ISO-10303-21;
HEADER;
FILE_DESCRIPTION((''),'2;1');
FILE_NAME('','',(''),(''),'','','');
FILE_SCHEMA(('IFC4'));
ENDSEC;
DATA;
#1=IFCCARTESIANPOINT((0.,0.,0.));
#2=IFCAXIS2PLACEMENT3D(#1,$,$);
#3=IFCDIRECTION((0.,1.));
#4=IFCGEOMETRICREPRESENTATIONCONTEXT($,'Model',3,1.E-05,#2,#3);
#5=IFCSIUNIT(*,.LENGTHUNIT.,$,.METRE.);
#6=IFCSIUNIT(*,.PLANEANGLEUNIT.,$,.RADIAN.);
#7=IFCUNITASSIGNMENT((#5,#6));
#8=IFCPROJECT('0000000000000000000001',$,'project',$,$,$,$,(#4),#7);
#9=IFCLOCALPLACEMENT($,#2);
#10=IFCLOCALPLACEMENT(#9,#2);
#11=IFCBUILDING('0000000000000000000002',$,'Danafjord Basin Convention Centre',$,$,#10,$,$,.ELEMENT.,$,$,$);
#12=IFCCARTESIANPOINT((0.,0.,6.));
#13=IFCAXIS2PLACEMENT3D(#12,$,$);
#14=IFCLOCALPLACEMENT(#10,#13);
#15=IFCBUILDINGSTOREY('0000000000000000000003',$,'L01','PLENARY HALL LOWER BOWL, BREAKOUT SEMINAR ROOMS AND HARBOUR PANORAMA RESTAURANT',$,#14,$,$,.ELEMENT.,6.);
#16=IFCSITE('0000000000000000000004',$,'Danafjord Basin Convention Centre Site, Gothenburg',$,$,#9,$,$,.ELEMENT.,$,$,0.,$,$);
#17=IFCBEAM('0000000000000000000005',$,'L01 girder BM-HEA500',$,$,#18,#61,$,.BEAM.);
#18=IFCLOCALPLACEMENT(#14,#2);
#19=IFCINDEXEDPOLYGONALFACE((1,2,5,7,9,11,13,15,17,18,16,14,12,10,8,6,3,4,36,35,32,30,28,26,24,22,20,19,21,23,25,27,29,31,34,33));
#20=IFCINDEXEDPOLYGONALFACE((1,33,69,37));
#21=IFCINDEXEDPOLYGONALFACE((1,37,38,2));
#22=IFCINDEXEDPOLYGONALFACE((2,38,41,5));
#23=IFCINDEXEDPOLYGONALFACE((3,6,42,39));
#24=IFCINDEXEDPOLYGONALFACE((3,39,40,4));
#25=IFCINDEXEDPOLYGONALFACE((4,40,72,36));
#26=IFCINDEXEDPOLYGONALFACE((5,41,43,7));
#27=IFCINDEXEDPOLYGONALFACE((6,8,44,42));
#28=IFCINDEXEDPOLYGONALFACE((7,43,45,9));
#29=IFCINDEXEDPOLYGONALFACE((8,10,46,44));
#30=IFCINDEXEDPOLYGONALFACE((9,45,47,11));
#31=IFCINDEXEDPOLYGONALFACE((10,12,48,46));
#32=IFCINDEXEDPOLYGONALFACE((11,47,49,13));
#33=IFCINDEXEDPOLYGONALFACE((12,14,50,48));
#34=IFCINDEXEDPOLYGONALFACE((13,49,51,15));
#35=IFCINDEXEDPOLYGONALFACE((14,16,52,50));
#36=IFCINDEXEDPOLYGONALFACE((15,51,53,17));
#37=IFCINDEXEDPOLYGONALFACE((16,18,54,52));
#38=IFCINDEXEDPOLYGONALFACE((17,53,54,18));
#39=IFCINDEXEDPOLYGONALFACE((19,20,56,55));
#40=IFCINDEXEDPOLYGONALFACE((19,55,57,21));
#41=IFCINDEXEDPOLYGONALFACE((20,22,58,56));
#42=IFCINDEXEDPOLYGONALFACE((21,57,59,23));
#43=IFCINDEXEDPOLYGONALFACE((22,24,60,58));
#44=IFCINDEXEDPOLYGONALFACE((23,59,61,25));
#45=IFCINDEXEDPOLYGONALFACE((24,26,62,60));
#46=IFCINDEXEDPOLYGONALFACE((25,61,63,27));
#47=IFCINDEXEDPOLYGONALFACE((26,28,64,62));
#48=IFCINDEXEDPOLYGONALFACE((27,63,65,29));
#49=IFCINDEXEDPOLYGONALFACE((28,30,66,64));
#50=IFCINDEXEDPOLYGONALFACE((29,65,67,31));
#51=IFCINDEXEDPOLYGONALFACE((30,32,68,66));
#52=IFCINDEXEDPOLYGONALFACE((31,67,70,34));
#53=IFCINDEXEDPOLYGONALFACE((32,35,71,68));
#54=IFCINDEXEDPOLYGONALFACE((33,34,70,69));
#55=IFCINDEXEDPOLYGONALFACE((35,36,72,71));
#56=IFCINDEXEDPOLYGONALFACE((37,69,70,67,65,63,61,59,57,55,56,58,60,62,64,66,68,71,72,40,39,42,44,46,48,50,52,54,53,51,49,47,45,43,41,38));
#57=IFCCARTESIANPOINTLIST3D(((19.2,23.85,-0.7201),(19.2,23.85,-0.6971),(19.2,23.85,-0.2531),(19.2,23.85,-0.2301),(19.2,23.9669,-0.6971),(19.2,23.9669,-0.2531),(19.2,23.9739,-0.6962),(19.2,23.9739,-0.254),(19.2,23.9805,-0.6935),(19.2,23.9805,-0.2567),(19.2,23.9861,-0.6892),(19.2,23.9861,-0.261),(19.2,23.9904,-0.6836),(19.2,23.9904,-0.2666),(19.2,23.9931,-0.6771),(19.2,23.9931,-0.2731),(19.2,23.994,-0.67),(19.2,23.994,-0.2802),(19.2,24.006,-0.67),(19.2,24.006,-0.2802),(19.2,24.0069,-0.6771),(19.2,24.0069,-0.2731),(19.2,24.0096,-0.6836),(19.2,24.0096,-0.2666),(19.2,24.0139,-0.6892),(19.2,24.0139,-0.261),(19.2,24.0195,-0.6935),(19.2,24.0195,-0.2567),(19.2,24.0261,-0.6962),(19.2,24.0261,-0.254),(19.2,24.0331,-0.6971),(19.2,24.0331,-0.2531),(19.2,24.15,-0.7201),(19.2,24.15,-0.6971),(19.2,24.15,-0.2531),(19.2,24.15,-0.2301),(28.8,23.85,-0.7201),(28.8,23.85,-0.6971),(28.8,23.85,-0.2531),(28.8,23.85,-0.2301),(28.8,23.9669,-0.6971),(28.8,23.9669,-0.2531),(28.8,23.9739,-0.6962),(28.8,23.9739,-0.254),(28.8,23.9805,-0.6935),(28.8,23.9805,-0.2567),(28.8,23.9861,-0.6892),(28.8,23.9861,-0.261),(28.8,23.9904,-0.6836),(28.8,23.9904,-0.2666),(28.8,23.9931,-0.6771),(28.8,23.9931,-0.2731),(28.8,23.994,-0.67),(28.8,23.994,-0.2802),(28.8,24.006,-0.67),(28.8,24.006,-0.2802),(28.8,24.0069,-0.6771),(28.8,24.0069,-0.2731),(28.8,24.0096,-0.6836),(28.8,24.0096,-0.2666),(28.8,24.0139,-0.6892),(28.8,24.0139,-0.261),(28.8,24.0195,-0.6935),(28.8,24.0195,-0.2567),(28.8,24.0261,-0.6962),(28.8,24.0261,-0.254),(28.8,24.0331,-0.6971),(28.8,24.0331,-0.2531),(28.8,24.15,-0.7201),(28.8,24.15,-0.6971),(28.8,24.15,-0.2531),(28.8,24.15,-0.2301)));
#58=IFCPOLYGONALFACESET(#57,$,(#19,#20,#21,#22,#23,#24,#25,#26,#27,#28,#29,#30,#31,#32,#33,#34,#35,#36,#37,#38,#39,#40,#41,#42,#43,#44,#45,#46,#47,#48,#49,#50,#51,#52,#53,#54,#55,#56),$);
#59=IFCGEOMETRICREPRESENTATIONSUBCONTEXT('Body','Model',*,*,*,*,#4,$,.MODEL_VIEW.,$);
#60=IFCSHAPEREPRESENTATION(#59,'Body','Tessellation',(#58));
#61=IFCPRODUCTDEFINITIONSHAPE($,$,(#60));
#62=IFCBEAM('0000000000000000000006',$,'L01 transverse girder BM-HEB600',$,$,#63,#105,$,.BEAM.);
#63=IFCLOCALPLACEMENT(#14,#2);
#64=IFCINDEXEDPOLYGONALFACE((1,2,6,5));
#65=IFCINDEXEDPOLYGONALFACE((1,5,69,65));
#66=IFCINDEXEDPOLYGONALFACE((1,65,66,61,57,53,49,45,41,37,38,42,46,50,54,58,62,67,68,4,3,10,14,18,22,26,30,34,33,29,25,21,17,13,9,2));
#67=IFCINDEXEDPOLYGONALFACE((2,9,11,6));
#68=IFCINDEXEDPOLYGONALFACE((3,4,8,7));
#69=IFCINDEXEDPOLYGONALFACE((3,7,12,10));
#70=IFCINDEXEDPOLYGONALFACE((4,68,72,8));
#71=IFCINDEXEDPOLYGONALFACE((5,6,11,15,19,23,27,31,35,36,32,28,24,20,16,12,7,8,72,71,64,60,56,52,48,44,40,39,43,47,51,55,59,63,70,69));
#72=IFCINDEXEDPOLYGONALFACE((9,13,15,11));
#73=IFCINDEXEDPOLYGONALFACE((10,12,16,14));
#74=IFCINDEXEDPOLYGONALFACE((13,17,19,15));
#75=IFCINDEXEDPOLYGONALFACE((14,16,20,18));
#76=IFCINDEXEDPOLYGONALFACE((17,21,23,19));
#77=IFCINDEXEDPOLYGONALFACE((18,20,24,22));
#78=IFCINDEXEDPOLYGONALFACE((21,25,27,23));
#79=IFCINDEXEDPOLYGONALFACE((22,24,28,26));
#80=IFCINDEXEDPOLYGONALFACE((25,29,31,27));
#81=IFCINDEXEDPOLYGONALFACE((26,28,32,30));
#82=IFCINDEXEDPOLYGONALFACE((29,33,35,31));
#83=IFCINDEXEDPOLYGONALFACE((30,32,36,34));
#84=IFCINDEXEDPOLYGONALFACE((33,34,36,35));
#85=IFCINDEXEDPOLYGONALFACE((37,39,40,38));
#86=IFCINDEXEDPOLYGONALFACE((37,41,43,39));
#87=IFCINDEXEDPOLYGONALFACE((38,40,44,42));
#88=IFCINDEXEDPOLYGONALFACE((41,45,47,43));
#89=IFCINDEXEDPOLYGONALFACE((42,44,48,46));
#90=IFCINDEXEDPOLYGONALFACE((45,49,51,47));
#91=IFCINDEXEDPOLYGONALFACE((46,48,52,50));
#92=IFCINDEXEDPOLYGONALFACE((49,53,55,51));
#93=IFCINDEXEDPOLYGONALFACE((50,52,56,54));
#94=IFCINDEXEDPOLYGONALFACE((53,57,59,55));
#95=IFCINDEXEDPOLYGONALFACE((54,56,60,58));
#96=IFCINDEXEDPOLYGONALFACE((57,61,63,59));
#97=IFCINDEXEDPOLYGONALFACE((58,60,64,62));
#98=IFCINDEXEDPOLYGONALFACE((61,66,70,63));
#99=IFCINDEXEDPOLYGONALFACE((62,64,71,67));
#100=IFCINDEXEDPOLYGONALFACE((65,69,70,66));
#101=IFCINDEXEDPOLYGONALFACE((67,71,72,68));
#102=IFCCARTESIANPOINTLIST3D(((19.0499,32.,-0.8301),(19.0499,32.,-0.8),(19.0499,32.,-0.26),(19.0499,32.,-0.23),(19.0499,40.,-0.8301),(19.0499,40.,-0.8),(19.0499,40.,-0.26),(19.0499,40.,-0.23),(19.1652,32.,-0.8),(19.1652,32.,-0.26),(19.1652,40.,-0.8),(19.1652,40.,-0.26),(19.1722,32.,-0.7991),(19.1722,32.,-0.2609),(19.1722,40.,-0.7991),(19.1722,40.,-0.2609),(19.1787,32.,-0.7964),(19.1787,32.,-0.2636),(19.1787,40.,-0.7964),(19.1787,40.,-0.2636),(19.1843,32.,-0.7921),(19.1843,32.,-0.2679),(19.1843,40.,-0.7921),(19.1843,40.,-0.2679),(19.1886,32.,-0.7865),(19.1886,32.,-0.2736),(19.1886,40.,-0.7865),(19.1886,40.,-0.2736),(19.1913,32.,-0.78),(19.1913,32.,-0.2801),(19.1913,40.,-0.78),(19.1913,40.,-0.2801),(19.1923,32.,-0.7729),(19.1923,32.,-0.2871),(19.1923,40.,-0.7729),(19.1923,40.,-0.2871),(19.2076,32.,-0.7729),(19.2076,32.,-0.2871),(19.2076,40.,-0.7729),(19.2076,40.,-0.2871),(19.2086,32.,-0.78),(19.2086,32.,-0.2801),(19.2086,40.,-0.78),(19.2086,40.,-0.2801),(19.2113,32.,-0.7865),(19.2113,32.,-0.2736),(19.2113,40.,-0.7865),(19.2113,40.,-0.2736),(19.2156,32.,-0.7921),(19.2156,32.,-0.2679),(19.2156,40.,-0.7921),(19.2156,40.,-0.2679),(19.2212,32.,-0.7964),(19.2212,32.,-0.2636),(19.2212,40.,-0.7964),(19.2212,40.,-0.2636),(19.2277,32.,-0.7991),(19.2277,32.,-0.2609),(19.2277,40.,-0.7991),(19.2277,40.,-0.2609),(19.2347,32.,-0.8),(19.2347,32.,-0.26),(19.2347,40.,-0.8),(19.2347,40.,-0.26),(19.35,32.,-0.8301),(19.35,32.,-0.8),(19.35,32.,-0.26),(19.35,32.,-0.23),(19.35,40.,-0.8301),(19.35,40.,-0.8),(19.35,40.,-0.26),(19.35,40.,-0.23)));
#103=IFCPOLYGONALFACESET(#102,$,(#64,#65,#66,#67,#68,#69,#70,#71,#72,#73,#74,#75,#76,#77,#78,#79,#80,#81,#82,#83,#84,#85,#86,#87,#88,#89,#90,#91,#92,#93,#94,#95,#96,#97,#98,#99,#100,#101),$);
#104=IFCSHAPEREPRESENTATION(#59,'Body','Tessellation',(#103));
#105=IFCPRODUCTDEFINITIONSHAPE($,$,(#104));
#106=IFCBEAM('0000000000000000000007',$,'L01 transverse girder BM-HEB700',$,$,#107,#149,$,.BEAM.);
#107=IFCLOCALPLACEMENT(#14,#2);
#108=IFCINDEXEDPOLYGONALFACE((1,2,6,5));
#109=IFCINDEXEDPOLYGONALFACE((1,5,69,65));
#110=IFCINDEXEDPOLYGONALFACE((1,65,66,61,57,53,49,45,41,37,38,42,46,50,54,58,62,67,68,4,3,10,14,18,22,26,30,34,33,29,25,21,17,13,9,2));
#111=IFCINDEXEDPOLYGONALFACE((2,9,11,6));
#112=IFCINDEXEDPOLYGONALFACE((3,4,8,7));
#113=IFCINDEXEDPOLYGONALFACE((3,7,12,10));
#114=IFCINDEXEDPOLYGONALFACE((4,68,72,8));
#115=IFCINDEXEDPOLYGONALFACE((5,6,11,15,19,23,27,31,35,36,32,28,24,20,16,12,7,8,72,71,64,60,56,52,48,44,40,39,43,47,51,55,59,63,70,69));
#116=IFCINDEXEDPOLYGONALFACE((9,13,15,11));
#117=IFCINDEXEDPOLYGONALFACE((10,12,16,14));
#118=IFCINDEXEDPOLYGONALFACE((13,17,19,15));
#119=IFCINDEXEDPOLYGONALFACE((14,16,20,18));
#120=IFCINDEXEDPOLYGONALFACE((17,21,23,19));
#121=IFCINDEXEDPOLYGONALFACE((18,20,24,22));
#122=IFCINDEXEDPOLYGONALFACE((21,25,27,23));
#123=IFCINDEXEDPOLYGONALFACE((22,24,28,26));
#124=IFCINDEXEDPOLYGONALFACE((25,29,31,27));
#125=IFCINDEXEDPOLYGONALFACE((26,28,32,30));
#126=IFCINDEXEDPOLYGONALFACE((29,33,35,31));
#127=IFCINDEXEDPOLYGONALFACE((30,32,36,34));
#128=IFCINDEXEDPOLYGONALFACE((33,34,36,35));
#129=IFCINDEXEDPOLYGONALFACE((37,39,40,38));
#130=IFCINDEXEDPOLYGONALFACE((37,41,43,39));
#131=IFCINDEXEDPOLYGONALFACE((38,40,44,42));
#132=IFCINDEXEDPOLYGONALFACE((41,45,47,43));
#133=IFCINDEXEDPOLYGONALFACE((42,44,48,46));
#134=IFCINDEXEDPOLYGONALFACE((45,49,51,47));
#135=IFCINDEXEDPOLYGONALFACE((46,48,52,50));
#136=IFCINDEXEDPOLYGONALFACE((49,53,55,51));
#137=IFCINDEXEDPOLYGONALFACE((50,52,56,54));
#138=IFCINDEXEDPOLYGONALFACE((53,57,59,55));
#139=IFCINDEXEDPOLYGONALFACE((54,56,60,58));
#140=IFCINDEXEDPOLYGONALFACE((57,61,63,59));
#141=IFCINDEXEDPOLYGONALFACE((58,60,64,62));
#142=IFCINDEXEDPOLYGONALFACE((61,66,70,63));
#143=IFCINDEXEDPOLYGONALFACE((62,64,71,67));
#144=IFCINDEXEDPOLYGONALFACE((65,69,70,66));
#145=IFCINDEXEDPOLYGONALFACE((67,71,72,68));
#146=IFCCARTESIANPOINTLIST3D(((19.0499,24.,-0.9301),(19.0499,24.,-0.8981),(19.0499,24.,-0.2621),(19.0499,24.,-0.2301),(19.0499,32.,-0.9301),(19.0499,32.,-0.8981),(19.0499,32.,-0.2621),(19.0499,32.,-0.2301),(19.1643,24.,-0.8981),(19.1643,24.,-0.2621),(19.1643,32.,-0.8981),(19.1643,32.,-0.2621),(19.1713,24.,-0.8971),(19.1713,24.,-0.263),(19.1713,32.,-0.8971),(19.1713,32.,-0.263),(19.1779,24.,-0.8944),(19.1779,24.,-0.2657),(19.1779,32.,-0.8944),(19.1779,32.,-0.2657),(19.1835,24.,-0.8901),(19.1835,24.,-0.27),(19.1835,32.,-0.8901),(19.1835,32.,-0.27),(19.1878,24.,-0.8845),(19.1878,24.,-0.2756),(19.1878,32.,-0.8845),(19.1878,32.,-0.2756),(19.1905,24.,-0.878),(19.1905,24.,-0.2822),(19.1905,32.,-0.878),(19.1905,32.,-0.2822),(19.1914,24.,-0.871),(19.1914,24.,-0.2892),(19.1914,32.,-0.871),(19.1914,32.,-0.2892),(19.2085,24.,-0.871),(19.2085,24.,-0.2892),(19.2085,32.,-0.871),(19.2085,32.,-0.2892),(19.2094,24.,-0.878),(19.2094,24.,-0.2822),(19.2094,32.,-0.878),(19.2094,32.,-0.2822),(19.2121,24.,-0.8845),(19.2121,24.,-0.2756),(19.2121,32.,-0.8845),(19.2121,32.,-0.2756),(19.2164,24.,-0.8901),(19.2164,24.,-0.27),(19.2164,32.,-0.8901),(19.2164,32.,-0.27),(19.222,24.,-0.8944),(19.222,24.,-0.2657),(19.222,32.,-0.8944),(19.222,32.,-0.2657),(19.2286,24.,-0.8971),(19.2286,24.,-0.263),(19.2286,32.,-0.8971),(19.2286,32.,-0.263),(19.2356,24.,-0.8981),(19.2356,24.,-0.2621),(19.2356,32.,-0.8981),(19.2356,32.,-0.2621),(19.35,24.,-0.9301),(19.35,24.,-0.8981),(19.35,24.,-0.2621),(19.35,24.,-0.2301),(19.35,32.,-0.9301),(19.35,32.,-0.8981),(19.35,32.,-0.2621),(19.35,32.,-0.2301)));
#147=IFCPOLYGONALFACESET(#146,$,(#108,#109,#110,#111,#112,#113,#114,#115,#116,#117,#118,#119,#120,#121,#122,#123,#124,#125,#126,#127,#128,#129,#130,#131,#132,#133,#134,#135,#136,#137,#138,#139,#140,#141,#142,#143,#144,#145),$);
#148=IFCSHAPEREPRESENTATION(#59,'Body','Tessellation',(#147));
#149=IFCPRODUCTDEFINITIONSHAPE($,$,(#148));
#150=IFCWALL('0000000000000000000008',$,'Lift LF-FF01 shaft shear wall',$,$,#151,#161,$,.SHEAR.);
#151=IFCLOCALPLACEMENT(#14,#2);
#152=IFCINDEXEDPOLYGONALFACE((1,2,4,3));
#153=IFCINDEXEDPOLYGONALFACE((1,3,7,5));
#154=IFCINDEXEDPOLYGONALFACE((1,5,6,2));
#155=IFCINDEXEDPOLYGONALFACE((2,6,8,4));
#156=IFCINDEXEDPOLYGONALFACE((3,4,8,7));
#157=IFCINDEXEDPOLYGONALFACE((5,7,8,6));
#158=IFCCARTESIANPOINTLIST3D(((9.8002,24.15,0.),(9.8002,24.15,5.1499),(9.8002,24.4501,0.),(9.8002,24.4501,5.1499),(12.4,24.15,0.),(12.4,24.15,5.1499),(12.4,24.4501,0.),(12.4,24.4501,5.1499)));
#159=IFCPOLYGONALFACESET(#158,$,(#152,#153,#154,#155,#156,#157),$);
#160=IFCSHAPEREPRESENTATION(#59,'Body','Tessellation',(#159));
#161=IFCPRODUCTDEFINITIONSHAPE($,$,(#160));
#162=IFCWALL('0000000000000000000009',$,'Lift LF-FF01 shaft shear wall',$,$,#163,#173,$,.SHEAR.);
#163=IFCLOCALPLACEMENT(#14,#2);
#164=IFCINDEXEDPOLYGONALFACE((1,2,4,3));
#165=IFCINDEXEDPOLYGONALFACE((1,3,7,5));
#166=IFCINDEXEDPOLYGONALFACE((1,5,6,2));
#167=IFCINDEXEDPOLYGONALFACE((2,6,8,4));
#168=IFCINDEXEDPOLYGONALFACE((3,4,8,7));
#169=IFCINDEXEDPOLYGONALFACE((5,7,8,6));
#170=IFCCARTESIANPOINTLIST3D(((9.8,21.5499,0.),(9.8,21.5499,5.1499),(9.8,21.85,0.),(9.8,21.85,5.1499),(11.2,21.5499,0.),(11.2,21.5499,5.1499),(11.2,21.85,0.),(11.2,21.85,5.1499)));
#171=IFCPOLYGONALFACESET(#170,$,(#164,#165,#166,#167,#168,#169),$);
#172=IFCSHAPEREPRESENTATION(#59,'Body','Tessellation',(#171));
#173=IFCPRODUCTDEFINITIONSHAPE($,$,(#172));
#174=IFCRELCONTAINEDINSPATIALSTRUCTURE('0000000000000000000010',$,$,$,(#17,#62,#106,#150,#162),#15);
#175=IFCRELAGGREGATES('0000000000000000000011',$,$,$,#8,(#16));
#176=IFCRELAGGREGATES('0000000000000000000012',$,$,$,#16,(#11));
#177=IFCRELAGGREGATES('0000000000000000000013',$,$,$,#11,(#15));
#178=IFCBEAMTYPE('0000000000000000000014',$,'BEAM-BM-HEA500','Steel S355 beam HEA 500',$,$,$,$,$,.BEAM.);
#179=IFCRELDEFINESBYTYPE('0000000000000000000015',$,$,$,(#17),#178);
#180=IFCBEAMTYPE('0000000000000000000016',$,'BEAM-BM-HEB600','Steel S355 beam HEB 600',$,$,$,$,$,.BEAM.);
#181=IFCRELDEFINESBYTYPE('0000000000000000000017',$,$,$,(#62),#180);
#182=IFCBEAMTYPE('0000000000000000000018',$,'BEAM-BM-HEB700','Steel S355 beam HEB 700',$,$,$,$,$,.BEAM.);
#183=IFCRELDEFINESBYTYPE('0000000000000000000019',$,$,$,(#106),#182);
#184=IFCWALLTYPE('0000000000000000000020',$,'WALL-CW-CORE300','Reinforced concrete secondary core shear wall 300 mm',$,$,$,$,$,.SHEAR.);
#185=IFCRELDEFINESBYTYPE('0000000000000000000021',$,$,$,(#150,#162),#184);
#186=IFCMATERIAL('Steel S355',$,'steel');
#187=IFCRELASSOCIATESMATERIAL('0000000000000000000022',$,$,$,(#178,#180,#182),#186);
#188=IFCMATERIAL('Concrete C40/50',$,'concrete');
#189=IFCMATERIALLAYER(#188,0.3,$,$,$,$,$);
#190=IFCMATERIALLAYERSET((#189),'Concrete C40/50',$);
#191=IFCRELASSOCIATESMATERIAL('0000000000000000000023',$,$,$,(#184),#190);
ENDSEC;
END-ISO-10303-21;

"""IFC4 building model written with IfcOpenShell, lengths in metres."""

from ifc_helpers import new_model, si_unit, direction, frame, frame_2d, origin, origin_2d, place, context, subcontext, project, spatial, rectangle, i_section, extrude, material, layer, layer_set, material_profile, profile_set, type_object, element, save


model = new_model("IFC4")

# Units and contexts
model_context = context("Model", 3, precision=1e-05, world=origin(), true_north=direction((0.0, 1.0)))
body_context = subcontext(model_context, "Body", "Model", "MODEL_VIEW")
ifc_project = project(units=[si_unit("LENGTHUNIT", "METRE"), si_unit("PLANEANGLEUNIT", "RADIAN")], contexts=[model_context])

# Site, building, storey
site_placement = place(None, origin())
site = spatial("IfcSite", under=ifc_project, at=site_placement, Name="Danafjord Basin Convention Centre Site, Gothenburg", CompositionType="ELEMENT", RefElevation=0.0)
building_placement = place(site_placement, origin())
building = spatial("IfcBuilding", under=site, at=building_placement, Name="Danafjord Basin Convention Centre", CompositionType="ELEMENT")
storey_placement = place(building_placement, frame((0.0, 0.0, 6.0)))
storey = spatial("IfcBuildingStorey", under=building, at=storey_placement, Name="L01", Description="PLENARY HALL LOWER BOWL, BREAKOUT SEMINAR ROOMS AND HARBOUR PANORAMA RESTAURANT", CompositionType="ELEMENT", Elevation=6.0)

# Shared definitions
ifc_material_1 = material(Name="Steel S355", Category="steel")

# Beams
ifc_material_profile_1 = material_profile(ifc_material_1, i_section(OverallWidth=0.3, OverallDepth=0.49, WebThickness=0.012, FlangeThickness=0.0229, FilletRadius=0.0271, at=origin_2d()), Name="HEA 500")
ifc_profile_set_1 = profile_set([ifc_material_profile_1], Name="Steel S355")
beam_type_1 = type_object("IfcBeamType", Name="BEAM-BM-HEA500", Description="Steel S355 beam HEA 500", PredefinedType="BEAM", material=ifc_profile_set_1)
beam_1_placement = place(storey_placement, frame((19.2, 24.0, -0.4751), z_axis=(1.0, 0.0, 0.0), x_axis=(0.0, 1.0, 0.0)))
element("IfcBeam", 1, at=beam_1_placement, inside=storey, type_object=beam_type_1, Name="L01 girder BM-HEA500", PredefinedType="BEAM", context=body_context, shape_type="SweptSolid", body=[
    extrude(i_section(OverallWidth=0.3, OverallDepth=0.49, WebThickness=0.012, FlangeThickness=0.0229, FilletRadius=0.0271, at=origin_2d()), origin(), (0.0, 0.0, 1.0), 9.6001),
])
ifc_material_profile_2 = material_profile(ifc_material_1, i_section(OverallWidth=0.3, OverallDepth=0.6001, WebThickness=0.0154, FlangeThickness=0.03, FilletRadius=0.0271, at=origin_2d()), Name="HEB 600")
ifc_profile_set_2 = profile_set([ifc_material_profile_2], Name="Steel S355")
beam_type_2 = type_object("IfcBeamType", Name="BEAM-BM-HEB600", Description="Steel S355 beam HEB 600", PredefinedType="BEAM", material=ifc_profile_set_2)
beam_2_placement = place(storey_placement, frame((19.2, 32.0, -0.53), z_axis=(0.0, 1.0, 0.0), x_axis=(-1.0, 0.0, 0.0)))
element("IfcBeam", 2, at=beam_2_placement, inside=storey, type_object=beam_type_2, Name="L01 transverse girder BM-HEB600", PredefinedType="BEAM", context=body_context, shape_type="SweptSolid", body=[
    extrude(i_section(OverallWidth=0.3, OverallDepth=0.6001, WebThickness=0.0154, FlangeThickness=0.03, FilletRadius=0.0271, at=origin_2d()), origin(), (0.0, 0.0, 1.0), 8.0),
])
ifc_material_profile_3 = material_profile(ifc_material_1, i_section(OverallWidth=0.3, OverallDepth=0.7, WebThickness=0.0171, FlangeThickness=0.032, FilletRadius=0.0271, at=origin_2d()), Name="HEB 700")
ifc_profile_set_3 = profile_set([ifc_material_profile_3], Name="Steel S355")
beam_type_3 = type_object("IfcBeamType", Name="BEAM-BM-HEB700", Description="Steel S355 beam HEB 700", PredefinedType="BEAM", material=ifc_profile_set_3)
beam_3_placement = place(storey_placement, frame((19.2, 24.0, -0.5801), z_axis=(0.0, 1.0, 0.0), x_axis=(-1.0, 0.0, 0.0)))
element("IfcBeam", 3, at=beam_3_placement, inside=storey, type_object=beam_type_3, Name="L01 transverse girder BM-HEB700", PredefinedType="BEAM", context=body_context, shape_type="SweptSolid", body=[
    extrude(i_section(OverallWidth=0.3, OverallDepth=0.7, WebThickness=0.0171, FlangeThickness=0.032, FilletRadius=0.0271, at=origin_2d()), origin(), (0.0, 0.0, 1.0), 8.0),
])

# Walls
ifc_material_2 = material(Name="Concrete C40/50", Category="concrete")
ifc_layer_1 = layer(ifc_material_2, 0.3)
ifc_layer_set_1 = layer_set([ifc_layer_1], Name="Concrete C40/50")
wall_type_1 = type_object("IfcWallType", Name="WALL-CW-CORE300", Description="Reinforced concrete secondary core shear wall 300 mm", PredefinedType="SHEAR", material=ifc_layer_set_1)
wall_1_placement = place(storey_placement, frame((12.3999, 24.3, 0.0), z_axis=(0.0, 0.0, 1.0), x_axis=(-1.0, 0.0, 0.0)))
element("IfcWall", 4, at=wall_1_placement, inside=storey, type_object=wall_type_1, Name="Lift LF-FF01 shaft shear wall", PredefinedType="SHEAR", context=body_context, shape_type="SweptSolid", body=[
    extrude(rectangle(XDim=2.5999, YDim=0.3, at=frame_2d((1.2998, 0.0))), origin(), (0.0, 0.0, 1.0), 5.1499),
])
wall_2_placement = place(storey_placement, frame((9.8, 21.7, 0.0), z_axis=(0.0, 0.0, 1.0), x_axis=(1.0, 0.0, 0.0)))
element("IfcWall", 5, at=wall_2_placement, inside=storey, type_object=wall_type_1, Name="Lift LF-FF01 shaft shear wall", PredefinedType="SHEAR", context=body_context, shape_type="SweptSolid", body=[
    extrude(rectangle(XDim=1.3999, YDim=0.3, at=frame_2d((0.7, 0.0))), origin(), (0.0, 0.0, 1.0), 5.1499),
])

save(model, "model.ifc")
